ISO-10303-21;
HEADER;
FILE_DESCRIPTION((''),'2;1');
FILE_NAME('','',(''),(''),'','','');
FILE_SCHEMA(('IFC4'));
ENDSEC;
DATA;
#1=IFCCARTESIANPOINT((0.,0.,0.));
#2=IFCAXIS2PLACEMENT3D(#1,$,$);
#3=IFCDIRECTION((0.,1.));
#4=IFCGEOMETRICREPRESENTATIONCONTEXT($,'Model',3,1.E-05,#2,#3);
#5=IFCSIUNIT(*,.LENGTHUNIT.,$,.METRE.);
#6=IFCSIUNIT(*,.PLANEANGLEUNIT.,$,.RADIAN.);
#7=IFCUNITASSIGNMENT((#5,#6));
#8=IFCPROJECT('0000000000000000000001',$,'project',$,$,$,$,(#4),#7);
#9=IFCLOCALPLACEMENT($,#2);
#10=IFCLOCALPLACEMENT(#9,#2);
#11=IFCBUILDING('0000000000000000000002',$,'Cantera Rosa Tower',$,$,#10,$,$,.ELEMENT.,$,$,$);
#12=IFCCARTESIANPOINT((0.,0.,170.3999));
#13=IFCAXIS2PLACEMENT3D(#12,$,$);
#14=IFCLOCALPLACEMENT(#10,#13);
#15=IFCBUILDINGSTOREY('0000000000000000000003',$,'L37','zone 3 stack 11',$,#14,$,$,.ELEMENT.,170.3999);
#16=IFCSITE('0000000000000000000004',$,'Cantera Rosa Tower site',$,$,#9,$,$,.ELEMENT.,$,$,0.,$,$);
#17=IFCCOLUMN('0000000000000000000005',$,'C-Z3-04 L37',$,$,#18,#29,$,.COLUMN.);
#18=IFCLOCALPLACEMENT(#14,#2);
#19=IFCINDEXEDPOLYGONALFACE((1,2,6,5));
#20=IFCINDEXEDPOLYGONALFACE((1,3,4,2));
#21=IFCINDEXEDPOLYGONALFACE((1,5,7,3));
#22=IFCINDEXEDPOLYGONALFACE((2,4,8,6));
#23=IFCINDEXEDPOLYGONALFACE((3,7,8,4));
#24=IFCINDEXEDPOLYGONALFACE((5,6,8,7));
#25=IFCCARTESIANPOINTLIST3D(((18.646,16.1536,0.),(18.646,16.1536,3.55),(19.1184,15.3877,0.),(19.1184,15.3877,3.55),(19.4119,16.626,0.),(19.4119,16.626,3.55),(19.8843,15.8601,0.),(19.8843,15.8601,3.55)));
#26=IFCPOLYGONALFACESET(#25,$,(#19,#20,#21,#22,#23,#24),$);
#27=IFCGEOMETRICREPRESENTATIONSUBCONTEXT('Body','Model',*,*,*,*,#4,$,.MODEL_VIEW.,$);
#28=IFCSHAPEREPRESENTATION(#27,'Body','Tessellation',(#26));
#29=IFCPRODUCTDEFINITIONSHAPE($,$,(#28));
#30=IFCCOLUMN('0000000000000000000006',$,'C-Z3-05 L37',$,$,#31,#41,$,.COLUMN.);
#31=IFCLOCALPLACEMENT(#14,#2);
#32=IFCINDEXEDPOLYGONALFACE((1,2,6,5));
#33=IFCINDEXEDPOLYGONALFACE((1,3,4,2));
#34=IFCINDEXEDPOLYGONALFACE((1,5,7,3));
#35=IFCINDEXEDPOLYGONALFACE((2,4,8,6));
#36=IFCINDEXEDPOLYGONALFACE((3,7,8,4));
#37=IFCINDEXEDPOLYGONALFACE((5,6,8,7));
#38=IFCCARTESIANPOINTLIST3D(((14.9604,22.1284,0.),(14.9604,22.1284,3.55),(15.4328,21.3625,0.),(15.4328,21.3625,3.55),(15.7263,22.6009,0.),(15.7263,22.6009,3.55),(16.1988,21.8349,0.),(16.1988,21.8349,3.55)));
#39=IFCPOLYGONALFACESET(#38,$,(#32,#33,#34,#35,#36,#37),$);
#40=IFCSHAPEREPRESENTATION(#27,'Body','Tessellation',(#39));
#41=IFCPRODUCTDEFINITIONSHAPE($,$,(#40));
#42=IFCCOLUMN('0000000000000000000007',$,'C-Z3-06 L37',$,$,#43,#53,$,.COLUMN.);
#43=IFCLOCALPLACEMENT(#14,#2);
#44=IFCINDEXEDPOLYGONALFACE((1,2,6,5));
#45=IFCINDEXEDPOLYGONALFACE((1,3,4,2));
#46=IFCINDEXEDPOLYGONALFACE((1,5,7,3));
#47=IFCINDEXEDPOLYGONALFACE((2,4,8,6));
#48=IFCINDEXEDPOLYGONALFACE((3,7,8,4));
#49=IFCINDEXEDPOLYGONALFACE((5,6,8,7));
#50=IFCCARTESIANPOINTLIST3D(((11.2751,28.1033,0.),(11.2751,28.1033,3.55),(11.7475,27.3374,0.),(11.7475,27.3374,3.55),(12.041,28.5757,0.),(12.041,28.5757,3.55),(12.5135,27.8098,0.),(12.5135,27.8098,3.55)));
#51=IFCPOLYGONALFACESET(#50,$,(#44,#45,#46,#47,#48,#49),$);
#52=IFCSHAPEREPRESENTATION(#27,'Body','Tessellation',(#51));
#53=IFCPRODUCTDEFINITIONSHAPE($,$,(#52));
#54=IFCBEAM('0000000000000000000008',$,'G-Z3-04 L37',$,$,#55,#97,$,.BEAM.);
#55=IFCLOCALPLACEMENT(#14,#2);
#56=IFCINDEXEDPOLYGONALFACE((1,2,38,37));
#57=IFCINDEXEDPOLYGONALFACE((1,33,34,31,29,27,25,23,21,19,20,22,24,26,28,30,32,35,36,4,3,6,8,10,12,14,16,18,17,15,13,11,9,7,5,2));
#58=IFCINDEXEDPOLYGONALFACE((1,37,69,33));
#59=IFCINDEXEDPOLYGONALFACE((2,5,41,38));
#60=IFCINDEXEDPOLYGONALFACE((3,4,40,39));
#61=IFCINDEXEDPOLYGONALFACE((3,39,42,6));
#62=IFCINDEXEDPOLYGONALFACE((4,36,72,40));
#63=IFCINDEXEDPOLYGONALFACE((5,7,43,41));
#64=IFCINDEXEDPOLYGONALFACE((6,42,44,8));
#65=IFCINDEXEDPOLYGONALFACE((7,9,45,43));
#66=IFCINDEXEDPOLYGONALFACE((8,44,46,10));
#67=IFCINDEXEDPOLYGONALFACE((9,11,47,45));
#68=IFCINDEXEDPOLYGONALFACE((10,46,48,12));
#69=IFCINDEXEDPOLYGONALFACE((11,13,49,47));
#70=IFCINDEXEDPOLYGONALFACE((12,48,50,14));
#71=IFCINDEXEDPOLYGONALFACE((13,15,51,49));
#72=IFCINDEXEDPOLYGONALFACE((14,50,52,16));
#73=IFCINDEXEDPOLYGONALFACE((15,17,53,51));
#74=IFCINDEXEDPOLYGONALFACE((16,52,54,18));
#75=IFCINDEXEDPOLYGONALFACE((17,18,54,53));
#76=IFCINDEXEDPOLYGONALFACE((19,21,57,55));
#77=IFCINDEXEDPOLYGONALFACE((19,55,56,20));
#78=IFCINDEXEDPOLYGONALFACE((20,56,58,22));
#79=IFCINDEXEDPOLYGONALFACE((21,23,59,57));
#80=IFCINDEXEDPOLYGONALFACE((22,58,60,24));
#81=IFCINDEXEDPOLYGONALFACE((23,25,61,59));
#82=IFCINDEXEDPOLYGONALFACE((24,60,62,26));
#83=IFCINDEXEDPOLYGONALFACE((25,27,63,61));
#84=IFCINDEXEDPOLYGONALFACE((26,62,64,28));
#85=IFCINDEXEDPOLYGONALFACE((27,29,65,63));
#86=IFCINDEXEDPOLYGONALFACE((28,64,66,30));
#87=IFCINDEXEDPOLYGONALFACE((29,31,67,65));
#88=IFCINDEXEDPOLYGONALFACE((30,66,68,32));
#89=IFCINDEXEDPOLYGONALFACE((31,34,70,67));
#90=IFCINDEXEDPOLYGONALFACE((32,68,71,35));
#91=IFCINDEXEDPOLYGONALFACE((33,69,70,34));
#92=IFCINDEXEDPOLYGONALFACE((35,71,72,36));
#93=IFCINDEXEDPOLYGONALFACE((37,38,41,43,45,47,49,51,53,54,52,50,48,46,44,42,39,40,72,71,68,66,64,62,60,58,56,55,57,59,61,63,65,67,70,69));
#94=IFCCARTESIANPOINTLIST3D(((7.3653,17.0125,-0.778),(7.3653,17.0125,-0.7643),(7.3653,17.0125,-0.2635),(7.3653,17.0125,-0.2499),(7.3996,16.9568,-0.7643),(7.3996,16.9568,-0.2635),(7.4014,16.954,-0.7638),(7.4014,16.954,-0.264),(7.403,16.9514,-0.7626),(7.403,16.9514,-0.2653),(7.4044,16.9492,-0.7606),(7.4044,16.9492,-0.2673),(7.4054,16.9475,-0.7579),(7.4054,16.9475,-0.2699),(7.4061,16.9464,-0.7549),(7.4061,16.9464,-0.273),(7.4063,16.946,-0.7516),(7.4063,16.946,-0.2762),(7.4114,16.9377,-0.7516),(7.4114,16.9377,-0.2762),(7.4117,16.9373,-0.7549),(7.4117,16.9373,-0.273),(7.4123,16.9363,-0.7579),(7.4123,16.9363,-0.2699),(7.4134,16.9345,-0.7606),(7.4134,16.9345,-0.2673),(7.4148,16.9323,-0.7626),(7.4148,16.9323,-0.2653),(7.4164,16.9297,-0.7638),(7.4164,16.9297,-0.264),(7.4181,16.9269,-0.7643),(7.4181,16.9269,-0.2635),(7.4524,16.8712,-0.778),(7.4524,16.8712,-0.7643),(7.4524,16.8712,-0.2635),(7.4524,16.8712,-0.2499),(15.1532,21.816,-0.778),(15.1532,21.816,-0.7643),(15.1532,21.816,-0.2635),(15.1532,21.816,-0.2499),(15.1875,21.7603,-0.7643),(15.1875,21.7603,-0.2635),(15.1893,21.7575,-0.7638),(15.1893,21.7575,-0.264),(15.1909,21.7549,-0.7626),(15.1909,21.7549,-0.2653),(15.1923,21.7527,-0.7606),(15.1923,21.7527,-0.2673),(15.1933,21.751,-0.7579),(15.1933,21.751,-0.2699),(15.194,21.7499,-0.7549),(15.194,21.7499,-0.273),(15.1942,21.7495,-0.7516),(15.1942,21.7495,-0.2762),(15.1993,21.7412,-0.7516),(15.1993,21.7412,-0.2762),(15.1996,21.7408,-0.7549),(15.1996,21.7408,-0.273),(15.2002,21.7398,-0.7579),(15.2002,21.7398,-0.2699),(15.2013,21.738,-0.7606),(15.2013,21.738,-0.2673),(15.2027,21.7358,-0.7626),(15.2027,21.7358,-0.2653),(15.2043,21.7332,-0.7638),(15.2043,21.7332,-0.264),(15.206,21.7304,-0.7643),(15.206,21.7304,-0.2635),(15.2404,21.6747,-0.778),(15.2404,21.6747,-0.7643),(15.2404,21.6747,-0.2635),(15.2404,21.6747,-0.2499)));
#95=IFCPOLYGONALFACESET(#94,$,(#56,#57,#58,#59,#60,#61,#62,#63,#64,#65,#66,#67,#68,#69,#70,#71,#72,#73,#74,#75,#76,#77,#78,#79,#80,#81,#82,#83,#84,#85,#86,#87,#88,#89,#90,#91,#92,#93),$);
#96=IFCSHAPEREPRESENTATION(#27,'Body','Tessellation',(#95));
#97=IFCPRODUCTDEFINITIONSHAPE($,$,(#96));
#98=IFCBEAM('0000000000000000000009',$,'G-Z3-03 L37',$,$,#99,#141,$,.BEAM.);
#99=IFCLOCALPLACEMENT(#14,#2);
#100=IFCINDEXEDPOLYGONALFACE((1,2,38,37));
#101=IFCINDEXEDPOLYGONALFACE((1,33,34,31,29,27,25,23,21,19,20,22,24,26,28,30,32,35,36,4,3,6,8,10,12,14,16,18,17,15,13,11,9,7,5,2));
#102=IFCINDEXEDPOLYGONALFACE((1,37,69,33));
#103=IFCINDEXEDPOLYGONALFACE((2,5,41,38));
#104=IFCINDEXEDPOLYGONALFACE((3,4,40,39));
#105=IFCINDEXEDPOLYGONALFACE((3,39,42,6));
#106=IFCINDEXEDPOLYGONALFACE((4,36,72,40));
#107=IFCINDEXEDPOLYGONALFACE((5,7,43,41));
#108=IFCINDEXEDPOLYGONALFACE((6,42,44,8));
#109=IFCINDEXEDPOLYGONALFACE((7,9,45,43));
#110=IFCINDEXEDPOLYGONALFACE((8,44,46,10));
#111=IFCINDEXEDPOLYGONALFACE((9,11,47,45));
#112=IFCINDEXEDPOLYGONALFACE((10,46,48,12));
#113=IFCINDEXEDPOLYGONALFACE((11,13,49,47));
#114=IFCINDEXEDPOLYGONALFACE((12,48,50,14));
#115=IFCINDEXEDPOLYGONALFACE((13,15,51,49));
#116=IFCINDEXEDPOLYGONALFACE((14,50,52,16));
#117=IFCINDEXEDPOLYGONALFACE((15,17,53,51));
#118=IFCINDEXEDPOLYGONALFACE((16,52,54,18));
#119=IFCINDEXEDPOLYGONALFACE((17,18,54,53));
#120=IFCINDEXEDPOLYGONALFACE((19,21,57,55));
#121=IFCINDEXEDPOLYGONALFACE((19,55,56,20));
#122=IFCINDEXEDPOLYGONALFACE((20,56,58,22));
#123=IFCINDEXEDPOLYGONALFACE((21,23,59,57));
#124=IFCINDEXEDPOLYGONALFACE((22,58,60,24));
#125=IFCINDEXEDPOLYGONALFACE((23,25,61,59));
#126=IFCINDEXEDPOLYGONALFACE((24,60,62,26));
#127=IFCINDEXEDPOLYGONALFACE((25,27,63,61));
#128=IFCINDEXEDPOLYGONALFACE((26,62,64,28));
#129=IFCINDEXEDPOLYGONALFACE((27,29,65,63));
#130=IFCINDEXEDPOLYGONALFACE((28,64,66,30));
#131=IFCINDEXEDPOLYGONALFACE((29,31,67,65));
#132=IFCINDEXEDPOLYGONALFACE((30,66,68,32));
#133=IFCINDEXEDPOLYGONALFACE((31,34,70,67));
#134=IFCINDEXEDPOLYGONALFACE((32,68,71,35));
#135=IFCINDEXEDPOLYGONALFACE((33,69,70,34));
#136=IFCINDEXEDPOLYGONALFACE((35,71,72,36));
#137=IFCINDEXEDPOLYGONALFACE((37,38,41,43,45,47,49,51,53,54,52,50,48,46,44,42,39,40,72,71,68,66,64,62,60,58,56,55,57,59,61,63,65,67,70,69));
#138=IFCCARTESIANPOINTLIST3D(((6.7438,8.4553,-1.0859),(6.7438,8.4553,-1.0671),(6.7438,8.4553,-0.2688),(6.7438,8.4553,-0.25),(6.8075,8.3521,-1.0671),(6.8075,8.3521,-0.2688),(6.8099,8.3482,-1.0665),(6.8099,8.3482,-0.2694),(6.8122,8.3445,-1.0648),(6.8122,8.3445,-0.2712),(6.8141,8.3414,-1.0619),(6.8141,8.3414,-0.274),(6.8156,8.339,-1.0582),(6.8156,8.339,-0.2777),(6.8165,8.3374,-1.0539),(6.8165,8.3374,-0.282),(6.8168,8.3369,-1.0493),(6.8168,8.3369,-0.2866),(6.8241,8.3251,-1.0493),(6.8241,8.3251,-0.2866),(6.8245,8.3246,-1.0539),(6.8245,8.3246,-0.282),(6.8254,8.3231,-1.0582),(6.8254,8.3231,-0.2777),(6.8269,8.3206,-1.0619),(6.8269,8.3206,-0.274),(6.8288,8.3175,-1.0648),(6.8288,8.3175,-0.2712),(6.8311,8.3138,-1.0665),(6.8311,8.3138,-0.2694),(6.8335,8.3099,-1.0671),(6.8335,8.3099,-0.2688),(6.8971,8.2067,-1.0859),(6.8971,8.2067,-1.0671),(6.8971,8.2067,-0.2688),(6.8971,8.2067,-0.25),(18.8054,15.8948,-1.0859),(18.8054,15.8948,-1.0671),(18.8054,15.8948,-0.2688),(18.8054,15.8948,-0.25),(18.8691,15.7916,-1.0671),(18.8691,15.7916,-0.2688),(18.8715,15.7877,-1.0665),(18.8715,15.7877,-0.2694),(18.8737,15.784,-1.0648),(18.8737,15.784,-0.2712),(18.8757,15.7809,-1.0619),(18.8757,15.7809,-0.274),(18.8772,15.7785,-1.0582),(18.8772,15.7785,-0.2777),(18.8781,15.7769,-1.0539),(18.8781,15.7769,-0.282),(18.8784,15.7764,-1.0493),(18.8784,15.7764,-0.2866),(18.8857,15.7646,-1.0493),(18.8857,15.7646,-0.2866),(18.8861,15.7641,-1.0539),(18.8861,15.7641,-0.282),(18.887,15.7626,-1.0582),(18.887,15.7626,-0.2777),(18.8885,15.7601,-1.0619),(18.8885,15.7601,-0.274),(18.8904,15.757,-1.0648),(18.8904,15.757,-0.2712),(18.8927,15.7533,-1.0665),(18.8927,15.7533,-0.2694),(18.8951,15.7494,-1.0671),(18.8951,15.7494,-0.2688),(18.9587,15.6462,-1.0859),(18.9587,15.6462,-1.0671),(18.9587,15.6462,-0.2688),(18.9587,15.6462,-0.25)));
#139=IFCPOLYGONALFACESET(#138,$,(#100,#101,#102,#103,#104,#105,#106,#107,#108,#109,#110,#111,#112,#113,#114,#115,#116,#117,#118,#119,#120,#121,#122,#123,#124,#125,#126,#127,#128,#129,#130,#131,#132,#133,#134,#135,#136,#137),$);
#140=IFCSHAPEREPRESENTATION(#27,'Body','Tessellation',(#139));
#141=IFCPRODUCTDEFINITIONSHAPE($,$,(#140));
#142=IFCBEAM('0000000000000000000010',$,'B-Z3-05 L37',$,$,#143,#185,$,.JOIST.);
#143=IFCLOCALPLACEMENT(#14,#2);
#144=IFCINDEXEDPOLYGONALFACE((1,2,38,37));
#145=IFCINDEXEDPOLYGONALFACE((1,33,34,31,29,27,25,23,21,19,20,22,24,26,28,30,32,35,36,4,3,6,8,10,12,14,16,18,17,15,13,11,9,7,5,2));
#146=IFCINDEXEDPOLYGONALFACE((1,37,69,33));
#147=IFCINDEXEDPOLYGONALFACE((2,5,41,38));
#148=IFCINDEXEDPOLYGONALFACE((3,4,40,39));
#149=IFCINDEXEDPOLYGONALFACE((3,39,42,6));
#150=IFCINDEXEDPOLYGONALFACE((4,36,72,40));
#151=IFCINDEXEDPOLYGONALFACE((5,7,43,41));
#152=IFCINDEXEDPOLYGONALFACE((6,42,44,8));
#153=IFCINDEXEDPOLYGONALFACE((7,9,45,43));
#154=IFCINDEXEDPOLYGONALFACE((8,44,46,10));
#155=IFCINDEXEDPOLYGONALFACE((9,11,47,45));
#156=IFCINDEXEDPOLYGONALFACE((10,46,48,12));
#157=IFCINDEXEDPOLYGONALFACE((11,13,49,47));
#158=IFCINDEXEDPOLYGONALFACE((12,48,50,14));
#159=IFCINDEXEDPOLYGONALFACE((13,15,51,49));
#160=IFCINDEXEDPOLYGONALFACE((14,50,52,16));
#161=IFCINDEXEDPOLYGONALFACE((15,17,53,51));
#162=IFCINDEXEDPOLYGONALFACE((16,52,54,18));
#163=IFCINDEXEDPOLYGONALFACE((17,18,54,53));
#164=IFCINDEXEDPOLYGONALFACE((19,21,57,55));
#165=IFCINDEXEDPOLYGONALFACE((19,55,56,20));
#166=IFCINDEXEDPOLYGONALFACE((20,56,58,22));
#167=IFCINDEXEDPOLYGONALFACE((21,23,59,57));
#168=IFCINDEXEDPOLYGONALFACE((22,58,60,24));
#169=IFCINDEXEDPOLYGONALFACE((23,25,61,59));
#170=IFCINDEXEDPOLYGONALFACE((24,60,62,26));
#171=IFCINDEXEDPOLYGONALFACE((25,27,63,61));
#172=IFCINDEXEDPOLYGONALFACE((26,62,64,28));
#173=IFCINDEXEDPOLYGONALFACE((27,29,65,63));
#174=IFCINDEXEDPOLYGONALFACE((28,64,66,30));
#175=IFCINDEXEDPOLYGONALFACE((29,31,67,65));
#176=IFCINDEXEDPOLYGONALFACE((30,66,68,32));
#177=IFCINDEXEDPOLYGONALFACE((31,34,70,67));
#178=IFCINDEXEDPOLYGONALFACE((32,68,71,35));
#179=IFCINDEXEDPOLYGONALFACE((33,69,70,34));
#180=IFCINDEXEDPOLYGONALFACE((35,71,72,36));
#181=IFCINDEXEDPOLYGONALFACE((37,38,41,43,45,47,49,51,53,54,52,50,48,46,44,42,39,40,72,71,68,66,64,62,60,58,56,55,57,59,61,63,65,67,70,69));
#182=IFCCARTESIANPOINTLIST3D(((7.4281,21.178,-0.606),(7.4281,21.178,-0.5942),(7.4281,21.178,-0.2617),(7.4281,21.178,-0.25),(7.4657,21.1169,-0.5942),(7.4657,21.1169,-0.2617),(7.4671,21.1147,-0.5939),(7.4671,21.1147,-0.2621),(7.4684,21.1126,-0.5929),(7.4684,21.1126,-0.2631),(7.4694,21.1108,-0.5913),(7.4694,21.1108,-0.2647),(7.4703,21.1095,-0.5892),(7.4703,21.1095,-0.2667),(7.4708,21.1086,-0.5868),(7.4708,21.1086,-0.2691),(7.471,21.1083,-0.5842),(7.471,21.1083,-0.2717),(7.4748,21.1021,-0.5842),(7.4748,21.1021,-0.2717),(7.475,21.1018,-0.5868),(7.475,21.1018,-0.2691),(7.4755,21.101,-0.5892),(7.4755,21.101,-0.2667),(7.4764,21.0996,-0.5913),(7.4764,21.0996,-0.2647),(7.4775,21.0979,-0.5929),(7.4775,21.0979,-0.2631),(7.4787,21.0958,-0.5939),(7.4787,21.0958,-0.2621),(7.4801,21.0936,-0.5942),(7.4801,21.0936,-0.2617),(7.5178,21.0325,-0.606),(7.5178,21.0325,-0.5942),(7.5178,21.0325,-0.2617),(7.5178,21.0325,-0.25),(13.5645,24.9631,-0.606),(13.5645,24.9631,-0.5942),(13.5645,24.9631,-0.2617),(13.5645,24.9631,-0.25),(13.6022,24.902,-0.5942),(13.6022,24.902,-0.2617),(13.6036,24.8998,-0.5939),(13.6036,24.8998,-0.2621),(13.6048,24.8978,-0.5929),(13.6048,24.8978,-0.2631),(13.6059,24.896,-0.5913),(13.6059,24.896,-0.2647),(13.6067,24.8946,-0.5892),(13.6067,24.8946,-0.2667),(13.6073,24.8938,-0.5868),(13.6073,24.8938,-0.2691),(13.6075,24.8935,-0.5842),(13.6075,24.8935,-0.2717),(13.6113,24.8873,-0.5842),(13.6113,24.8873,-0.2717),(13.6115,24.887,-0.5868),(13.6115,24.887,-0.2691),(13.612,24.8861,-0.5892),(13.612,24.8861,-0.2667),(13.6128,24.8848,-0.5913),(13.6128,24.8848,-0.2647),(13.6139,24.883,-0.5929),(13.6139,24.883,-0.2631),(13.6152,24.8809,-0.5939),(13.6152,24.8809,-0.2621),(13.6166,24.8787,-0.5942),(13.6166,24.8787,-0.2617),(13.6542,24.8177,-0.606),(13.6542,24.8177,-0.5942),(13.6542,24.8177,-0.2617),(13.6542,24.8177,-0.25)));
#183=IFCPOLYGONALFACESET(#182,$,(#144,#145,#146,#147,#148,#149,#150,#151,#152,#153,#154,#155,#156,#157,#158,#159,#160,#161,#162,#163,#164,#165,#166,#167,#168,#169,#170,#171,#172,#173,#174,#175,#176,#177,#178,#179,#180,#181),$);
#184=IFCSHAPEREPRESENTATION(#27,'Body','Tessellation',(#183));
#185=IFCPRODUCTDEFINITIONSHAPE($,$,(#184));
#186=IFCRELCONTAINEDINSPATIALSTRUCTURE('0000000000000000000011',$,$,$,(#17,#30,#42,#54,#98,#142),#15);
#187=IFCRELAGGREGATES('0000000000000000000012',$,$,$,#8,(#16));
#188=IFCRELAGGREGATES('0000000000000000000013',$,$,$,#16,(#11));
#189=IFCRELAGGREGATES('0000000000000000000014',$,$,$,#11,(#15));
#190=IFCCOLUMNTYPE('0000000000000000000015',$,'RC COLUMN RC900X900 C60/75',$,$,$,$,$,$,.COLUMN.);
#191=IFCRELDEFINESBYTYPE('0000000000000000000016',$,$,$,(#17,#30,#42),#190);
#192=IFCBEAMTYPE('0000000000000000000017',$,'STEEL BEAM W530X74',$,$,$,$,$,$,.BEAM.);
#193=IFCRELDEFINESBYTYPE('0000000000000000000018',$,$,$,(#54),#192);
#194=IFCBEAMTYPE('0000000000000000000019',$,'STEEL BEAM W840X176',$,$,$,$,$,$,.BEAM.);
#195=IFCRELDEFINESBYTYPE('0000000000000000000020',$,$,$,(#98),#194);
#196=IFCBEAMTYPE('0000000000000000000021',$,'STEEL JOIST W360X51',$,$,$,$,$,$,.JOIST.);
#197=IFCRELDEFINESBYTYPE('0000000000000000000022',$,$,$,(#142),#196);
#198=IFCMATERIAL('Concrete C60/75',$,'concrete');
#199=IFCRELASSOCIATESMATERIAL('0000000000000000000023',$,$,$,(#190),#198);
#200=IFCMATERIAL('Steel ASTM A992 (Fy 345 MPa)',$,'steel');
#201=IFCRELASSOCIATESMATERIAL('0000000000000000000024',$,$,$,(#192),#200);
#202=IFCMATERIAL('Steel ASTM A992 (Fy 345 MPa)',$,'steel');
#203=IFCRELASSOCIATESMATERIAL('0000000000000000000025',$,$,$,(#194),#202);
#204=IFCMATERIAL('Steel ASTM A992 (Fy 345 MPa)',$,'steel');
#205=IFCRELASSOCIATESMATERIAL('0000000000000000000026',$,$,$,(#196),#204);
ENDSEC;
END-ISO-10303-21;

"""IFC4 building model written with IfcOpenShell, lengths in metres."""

from ifc_helpers import new_model, si_unit, direction, frame, origin, origin_2d, place, context, subcontext, project, spatial, rectangle, i_section, extrude, material, material_profile, profile_set, type_object, element, save


model = new_model("IFC4")

# Units and contexts
model_context = context("Model", 3, precision=1e-05, world=origin(), true_north=direction((0.0, 1.0)))
body_context = subcontext(model_context, "Body", "Model", "MODEL_VIEW")
ifc_project = project(units=[si_unit("LENGTHUNIT", "METRE"), si_unit("PLANEANGLEUNIT", "RADIAN")], contexts=[model_context])

# Site, building, storey
site_placement = place(None, origin())
site = spatial("IfcSite", under=ifc_project, at=site_placement, Name="Cantera Rosa Tower site", CompositionType="ELEMENT", RefElevation=0.0)
building_placement = place(site_placement, origin())
building = spatial("IfcBuilding", under=site, at=building_placement, Name="Cantera Rosa Tower", CompositionType="ELEMENT")
storey_placement = place(building_placement, frame((0.0, 0.0, 170.3999)))
storey = spatial("IfcBuildingStorey", under=building, at=storey_placement, Name="L37", Description="zone 3 stack 11", CompositionType="ELEMENT", Elevation=170.3999)

# Columns
ifc_material_1 = material(Name="Concrete C60/75", Category="concrete")
ifc_material_profile_1 = material_profile(ifc_material_1, rectangle(XDim=0.8999, YDim=0.8999, at=origin_2d()), Name="RC COLUMN RC900X900 C60/75")
ifc_profile_set_1 = profile_set([ifc_material_profile_1], Name="Concrete C60/75")
column_type = type_object("IfcColumnType", Name="RC COLUMN RC900X900 C60/75", PredefinedType="COLUMN", material=ifc_profile_set_1)
for number, where, z_axis, x_axis, name in (
    (1, (19.2651, 16.0068, 0.0), (0.0, 0.0, 1.0), (0.851117, 0.524977, 0.0), "C-Z3-04 L37"),
    (2, (15.5796, 21.9817, 0.0), (0.0, 0.0, 1.0), (0.851117, 0.524977, 0.0), "C-Z3-05 L37"),
    (3, (11.8943, 27.9565, 0.0), (0.0, 0.0, 1.0), (0.851117, 0.524977, 0.0), "C-Z3-06 L37"),
):
    element("IfcColumn", number, at=place(storey_placement, frame(where, z_axis=z_axis, x_axis=x_axis)), inside=storey, type_object=column_type, Name=name, PredefinedType="COLUMN", context=body_context, shape_type="SweptSolid", body=[
        extrude(rectangle(XDim=0.8999, YDim=0.8999, at=origin_2d()), origin(), (0.0, 0.0, 1.0), 3.55),
    ])

# Beams
ifc_material_2 = material(Name="Steel ASTM A992 (Fy 345 MPa)", Category="steel")
ifc_material_profile_2 = material_profile(ifc_material_2, i_section(OverallWidth=0.166, OverallDepth=0.5281, WebThickness=0.0098, FlangeThickness=0.0137, FilletRadius=0.0127, at=origin_2d()), Name="W530X74")
ifc_profile_set_2 = profile_set([ifc_material_profile_2], Name="Steel ASTM A992 (Fy 345 MPa)")
beam_type_1 = type_object("IfcBeamType", Name="STEEL BEAM W530X74", PredefinedType="BEAM", material=ifc_profile_set_2)
beam_1_placement = place(storey_placement, frame((15.1968, 21.7454, -0.5139), z_axis=(-0.851124, -0.524965, 0.0), x_axis=(0.524965, -0.851124, 0.0)))
element("IfcBeam", 4, at=beam_1_placement, inside=storey, type_object=beam_type_1, Name="G-Z3-04 L37", PredefinedType="BEAM", context=body_context, shape_type="SweptSolid", body=[
    extrude(i_section(OverallWidth=0.166, OverallDepth=0.5281, WebThickness=0.0098, FlangeThickness=0.0137, FilletRadius=0.0127, at=origin_2d()), origin(), (0.0, 0.0, 1.0), 9.1501),
])
ifc_material_3 = material(Name="Steel ASTM A992 (Fy 345 MPa)", Category="steel")
ifc_material_profile_3 = material_profile(ifc_material_3, i_section(OverallWidth=0.292, OverallDepth=0.8359, WebThickness=0.0139, FlangeThickness=0.0188, FilletRadius=0.0178, at=origin_2d()), Name="W840X176")
ifc_profile_set_3 = profile_set([ifc_material_profile_3], Name="Steel ASTM A992 (Fy 345 MPa)")
beam_type_2 = type_object("IfcBeamType", Name="STEEL BEAM W840X176", PredefinedType="BEAM", material=ifc_profile_set_3)
beam_2_placement = place(storey_placement, frame((18.8821, 15.7705, -0.668), z_axis=(-0.851123, -0.524966, 0.0), x_axis=(0.524966, -0.851123, 0.0)))
element("IfcBeam", 5, at=beam_2_placement, inside=storey, type_object=beam_type_2, Name="G-Z3-03 L37", PredefinedType="BEAM", context=body_context, shape_type="SweptSolid", body=[
    extrude(i_section(OverallWidth=0.292, OverallDepth=0.8359, WebThickness=0.0139, FlangeThickness=0.0188, FilletRadius=0.0178, at=origin_2d()), origin(), (0.0, 0.0, 1.0), 14.1714),
])
ifc_material_4 = material(Name="Steel ASTM A992 (Fy 345 MPa)", Category="steel")
ifc_material_profile_4 = material_profile(ifc_material_4, i_section(OverallWidth=0.1709, OverallDepth=0.356, WebThickness=0.0073, FlangeThickness=0.0117, FilletRadius=0.01, at=origin_2d()), Name="W360X51")
ifc_profile_set_4 = profile_set([ifc_material_profile_4], Name="Steel ASTM A992 (Fy 345 MPa)")
beam_type_3 = type_object("IfcBeamType", Name="STEEL JOIST W360X51", PredefinedType="JOIST", material=ifc_profile_set_4)
beam_3_placement = place(storey_placement, frame((13.6094, 24.8904, -0.428), z_axis=(-0.851109, -0.524989, 0.0), x_axis=(0.524989, -0.851109, 0.0)))
element("IfcBeam", 6, at=beam_3_placement, inside=storey, type_object=beam_type_3, Name="B-Z3-05 L37", PredefinedType="JOIST", context=body_context, shape_type="SweptSolid", body=[
    extrude(i_section(OverallWidth=0.1709, OverallDepth=0.356, WebThickness=0.0073, FlangeThickness=0.0117, FilletRadius=0.01, at=origin_2d()), origin(), (0.0, 0.0, 1.0), 7.21),
])

save(model, "model.ifc")
